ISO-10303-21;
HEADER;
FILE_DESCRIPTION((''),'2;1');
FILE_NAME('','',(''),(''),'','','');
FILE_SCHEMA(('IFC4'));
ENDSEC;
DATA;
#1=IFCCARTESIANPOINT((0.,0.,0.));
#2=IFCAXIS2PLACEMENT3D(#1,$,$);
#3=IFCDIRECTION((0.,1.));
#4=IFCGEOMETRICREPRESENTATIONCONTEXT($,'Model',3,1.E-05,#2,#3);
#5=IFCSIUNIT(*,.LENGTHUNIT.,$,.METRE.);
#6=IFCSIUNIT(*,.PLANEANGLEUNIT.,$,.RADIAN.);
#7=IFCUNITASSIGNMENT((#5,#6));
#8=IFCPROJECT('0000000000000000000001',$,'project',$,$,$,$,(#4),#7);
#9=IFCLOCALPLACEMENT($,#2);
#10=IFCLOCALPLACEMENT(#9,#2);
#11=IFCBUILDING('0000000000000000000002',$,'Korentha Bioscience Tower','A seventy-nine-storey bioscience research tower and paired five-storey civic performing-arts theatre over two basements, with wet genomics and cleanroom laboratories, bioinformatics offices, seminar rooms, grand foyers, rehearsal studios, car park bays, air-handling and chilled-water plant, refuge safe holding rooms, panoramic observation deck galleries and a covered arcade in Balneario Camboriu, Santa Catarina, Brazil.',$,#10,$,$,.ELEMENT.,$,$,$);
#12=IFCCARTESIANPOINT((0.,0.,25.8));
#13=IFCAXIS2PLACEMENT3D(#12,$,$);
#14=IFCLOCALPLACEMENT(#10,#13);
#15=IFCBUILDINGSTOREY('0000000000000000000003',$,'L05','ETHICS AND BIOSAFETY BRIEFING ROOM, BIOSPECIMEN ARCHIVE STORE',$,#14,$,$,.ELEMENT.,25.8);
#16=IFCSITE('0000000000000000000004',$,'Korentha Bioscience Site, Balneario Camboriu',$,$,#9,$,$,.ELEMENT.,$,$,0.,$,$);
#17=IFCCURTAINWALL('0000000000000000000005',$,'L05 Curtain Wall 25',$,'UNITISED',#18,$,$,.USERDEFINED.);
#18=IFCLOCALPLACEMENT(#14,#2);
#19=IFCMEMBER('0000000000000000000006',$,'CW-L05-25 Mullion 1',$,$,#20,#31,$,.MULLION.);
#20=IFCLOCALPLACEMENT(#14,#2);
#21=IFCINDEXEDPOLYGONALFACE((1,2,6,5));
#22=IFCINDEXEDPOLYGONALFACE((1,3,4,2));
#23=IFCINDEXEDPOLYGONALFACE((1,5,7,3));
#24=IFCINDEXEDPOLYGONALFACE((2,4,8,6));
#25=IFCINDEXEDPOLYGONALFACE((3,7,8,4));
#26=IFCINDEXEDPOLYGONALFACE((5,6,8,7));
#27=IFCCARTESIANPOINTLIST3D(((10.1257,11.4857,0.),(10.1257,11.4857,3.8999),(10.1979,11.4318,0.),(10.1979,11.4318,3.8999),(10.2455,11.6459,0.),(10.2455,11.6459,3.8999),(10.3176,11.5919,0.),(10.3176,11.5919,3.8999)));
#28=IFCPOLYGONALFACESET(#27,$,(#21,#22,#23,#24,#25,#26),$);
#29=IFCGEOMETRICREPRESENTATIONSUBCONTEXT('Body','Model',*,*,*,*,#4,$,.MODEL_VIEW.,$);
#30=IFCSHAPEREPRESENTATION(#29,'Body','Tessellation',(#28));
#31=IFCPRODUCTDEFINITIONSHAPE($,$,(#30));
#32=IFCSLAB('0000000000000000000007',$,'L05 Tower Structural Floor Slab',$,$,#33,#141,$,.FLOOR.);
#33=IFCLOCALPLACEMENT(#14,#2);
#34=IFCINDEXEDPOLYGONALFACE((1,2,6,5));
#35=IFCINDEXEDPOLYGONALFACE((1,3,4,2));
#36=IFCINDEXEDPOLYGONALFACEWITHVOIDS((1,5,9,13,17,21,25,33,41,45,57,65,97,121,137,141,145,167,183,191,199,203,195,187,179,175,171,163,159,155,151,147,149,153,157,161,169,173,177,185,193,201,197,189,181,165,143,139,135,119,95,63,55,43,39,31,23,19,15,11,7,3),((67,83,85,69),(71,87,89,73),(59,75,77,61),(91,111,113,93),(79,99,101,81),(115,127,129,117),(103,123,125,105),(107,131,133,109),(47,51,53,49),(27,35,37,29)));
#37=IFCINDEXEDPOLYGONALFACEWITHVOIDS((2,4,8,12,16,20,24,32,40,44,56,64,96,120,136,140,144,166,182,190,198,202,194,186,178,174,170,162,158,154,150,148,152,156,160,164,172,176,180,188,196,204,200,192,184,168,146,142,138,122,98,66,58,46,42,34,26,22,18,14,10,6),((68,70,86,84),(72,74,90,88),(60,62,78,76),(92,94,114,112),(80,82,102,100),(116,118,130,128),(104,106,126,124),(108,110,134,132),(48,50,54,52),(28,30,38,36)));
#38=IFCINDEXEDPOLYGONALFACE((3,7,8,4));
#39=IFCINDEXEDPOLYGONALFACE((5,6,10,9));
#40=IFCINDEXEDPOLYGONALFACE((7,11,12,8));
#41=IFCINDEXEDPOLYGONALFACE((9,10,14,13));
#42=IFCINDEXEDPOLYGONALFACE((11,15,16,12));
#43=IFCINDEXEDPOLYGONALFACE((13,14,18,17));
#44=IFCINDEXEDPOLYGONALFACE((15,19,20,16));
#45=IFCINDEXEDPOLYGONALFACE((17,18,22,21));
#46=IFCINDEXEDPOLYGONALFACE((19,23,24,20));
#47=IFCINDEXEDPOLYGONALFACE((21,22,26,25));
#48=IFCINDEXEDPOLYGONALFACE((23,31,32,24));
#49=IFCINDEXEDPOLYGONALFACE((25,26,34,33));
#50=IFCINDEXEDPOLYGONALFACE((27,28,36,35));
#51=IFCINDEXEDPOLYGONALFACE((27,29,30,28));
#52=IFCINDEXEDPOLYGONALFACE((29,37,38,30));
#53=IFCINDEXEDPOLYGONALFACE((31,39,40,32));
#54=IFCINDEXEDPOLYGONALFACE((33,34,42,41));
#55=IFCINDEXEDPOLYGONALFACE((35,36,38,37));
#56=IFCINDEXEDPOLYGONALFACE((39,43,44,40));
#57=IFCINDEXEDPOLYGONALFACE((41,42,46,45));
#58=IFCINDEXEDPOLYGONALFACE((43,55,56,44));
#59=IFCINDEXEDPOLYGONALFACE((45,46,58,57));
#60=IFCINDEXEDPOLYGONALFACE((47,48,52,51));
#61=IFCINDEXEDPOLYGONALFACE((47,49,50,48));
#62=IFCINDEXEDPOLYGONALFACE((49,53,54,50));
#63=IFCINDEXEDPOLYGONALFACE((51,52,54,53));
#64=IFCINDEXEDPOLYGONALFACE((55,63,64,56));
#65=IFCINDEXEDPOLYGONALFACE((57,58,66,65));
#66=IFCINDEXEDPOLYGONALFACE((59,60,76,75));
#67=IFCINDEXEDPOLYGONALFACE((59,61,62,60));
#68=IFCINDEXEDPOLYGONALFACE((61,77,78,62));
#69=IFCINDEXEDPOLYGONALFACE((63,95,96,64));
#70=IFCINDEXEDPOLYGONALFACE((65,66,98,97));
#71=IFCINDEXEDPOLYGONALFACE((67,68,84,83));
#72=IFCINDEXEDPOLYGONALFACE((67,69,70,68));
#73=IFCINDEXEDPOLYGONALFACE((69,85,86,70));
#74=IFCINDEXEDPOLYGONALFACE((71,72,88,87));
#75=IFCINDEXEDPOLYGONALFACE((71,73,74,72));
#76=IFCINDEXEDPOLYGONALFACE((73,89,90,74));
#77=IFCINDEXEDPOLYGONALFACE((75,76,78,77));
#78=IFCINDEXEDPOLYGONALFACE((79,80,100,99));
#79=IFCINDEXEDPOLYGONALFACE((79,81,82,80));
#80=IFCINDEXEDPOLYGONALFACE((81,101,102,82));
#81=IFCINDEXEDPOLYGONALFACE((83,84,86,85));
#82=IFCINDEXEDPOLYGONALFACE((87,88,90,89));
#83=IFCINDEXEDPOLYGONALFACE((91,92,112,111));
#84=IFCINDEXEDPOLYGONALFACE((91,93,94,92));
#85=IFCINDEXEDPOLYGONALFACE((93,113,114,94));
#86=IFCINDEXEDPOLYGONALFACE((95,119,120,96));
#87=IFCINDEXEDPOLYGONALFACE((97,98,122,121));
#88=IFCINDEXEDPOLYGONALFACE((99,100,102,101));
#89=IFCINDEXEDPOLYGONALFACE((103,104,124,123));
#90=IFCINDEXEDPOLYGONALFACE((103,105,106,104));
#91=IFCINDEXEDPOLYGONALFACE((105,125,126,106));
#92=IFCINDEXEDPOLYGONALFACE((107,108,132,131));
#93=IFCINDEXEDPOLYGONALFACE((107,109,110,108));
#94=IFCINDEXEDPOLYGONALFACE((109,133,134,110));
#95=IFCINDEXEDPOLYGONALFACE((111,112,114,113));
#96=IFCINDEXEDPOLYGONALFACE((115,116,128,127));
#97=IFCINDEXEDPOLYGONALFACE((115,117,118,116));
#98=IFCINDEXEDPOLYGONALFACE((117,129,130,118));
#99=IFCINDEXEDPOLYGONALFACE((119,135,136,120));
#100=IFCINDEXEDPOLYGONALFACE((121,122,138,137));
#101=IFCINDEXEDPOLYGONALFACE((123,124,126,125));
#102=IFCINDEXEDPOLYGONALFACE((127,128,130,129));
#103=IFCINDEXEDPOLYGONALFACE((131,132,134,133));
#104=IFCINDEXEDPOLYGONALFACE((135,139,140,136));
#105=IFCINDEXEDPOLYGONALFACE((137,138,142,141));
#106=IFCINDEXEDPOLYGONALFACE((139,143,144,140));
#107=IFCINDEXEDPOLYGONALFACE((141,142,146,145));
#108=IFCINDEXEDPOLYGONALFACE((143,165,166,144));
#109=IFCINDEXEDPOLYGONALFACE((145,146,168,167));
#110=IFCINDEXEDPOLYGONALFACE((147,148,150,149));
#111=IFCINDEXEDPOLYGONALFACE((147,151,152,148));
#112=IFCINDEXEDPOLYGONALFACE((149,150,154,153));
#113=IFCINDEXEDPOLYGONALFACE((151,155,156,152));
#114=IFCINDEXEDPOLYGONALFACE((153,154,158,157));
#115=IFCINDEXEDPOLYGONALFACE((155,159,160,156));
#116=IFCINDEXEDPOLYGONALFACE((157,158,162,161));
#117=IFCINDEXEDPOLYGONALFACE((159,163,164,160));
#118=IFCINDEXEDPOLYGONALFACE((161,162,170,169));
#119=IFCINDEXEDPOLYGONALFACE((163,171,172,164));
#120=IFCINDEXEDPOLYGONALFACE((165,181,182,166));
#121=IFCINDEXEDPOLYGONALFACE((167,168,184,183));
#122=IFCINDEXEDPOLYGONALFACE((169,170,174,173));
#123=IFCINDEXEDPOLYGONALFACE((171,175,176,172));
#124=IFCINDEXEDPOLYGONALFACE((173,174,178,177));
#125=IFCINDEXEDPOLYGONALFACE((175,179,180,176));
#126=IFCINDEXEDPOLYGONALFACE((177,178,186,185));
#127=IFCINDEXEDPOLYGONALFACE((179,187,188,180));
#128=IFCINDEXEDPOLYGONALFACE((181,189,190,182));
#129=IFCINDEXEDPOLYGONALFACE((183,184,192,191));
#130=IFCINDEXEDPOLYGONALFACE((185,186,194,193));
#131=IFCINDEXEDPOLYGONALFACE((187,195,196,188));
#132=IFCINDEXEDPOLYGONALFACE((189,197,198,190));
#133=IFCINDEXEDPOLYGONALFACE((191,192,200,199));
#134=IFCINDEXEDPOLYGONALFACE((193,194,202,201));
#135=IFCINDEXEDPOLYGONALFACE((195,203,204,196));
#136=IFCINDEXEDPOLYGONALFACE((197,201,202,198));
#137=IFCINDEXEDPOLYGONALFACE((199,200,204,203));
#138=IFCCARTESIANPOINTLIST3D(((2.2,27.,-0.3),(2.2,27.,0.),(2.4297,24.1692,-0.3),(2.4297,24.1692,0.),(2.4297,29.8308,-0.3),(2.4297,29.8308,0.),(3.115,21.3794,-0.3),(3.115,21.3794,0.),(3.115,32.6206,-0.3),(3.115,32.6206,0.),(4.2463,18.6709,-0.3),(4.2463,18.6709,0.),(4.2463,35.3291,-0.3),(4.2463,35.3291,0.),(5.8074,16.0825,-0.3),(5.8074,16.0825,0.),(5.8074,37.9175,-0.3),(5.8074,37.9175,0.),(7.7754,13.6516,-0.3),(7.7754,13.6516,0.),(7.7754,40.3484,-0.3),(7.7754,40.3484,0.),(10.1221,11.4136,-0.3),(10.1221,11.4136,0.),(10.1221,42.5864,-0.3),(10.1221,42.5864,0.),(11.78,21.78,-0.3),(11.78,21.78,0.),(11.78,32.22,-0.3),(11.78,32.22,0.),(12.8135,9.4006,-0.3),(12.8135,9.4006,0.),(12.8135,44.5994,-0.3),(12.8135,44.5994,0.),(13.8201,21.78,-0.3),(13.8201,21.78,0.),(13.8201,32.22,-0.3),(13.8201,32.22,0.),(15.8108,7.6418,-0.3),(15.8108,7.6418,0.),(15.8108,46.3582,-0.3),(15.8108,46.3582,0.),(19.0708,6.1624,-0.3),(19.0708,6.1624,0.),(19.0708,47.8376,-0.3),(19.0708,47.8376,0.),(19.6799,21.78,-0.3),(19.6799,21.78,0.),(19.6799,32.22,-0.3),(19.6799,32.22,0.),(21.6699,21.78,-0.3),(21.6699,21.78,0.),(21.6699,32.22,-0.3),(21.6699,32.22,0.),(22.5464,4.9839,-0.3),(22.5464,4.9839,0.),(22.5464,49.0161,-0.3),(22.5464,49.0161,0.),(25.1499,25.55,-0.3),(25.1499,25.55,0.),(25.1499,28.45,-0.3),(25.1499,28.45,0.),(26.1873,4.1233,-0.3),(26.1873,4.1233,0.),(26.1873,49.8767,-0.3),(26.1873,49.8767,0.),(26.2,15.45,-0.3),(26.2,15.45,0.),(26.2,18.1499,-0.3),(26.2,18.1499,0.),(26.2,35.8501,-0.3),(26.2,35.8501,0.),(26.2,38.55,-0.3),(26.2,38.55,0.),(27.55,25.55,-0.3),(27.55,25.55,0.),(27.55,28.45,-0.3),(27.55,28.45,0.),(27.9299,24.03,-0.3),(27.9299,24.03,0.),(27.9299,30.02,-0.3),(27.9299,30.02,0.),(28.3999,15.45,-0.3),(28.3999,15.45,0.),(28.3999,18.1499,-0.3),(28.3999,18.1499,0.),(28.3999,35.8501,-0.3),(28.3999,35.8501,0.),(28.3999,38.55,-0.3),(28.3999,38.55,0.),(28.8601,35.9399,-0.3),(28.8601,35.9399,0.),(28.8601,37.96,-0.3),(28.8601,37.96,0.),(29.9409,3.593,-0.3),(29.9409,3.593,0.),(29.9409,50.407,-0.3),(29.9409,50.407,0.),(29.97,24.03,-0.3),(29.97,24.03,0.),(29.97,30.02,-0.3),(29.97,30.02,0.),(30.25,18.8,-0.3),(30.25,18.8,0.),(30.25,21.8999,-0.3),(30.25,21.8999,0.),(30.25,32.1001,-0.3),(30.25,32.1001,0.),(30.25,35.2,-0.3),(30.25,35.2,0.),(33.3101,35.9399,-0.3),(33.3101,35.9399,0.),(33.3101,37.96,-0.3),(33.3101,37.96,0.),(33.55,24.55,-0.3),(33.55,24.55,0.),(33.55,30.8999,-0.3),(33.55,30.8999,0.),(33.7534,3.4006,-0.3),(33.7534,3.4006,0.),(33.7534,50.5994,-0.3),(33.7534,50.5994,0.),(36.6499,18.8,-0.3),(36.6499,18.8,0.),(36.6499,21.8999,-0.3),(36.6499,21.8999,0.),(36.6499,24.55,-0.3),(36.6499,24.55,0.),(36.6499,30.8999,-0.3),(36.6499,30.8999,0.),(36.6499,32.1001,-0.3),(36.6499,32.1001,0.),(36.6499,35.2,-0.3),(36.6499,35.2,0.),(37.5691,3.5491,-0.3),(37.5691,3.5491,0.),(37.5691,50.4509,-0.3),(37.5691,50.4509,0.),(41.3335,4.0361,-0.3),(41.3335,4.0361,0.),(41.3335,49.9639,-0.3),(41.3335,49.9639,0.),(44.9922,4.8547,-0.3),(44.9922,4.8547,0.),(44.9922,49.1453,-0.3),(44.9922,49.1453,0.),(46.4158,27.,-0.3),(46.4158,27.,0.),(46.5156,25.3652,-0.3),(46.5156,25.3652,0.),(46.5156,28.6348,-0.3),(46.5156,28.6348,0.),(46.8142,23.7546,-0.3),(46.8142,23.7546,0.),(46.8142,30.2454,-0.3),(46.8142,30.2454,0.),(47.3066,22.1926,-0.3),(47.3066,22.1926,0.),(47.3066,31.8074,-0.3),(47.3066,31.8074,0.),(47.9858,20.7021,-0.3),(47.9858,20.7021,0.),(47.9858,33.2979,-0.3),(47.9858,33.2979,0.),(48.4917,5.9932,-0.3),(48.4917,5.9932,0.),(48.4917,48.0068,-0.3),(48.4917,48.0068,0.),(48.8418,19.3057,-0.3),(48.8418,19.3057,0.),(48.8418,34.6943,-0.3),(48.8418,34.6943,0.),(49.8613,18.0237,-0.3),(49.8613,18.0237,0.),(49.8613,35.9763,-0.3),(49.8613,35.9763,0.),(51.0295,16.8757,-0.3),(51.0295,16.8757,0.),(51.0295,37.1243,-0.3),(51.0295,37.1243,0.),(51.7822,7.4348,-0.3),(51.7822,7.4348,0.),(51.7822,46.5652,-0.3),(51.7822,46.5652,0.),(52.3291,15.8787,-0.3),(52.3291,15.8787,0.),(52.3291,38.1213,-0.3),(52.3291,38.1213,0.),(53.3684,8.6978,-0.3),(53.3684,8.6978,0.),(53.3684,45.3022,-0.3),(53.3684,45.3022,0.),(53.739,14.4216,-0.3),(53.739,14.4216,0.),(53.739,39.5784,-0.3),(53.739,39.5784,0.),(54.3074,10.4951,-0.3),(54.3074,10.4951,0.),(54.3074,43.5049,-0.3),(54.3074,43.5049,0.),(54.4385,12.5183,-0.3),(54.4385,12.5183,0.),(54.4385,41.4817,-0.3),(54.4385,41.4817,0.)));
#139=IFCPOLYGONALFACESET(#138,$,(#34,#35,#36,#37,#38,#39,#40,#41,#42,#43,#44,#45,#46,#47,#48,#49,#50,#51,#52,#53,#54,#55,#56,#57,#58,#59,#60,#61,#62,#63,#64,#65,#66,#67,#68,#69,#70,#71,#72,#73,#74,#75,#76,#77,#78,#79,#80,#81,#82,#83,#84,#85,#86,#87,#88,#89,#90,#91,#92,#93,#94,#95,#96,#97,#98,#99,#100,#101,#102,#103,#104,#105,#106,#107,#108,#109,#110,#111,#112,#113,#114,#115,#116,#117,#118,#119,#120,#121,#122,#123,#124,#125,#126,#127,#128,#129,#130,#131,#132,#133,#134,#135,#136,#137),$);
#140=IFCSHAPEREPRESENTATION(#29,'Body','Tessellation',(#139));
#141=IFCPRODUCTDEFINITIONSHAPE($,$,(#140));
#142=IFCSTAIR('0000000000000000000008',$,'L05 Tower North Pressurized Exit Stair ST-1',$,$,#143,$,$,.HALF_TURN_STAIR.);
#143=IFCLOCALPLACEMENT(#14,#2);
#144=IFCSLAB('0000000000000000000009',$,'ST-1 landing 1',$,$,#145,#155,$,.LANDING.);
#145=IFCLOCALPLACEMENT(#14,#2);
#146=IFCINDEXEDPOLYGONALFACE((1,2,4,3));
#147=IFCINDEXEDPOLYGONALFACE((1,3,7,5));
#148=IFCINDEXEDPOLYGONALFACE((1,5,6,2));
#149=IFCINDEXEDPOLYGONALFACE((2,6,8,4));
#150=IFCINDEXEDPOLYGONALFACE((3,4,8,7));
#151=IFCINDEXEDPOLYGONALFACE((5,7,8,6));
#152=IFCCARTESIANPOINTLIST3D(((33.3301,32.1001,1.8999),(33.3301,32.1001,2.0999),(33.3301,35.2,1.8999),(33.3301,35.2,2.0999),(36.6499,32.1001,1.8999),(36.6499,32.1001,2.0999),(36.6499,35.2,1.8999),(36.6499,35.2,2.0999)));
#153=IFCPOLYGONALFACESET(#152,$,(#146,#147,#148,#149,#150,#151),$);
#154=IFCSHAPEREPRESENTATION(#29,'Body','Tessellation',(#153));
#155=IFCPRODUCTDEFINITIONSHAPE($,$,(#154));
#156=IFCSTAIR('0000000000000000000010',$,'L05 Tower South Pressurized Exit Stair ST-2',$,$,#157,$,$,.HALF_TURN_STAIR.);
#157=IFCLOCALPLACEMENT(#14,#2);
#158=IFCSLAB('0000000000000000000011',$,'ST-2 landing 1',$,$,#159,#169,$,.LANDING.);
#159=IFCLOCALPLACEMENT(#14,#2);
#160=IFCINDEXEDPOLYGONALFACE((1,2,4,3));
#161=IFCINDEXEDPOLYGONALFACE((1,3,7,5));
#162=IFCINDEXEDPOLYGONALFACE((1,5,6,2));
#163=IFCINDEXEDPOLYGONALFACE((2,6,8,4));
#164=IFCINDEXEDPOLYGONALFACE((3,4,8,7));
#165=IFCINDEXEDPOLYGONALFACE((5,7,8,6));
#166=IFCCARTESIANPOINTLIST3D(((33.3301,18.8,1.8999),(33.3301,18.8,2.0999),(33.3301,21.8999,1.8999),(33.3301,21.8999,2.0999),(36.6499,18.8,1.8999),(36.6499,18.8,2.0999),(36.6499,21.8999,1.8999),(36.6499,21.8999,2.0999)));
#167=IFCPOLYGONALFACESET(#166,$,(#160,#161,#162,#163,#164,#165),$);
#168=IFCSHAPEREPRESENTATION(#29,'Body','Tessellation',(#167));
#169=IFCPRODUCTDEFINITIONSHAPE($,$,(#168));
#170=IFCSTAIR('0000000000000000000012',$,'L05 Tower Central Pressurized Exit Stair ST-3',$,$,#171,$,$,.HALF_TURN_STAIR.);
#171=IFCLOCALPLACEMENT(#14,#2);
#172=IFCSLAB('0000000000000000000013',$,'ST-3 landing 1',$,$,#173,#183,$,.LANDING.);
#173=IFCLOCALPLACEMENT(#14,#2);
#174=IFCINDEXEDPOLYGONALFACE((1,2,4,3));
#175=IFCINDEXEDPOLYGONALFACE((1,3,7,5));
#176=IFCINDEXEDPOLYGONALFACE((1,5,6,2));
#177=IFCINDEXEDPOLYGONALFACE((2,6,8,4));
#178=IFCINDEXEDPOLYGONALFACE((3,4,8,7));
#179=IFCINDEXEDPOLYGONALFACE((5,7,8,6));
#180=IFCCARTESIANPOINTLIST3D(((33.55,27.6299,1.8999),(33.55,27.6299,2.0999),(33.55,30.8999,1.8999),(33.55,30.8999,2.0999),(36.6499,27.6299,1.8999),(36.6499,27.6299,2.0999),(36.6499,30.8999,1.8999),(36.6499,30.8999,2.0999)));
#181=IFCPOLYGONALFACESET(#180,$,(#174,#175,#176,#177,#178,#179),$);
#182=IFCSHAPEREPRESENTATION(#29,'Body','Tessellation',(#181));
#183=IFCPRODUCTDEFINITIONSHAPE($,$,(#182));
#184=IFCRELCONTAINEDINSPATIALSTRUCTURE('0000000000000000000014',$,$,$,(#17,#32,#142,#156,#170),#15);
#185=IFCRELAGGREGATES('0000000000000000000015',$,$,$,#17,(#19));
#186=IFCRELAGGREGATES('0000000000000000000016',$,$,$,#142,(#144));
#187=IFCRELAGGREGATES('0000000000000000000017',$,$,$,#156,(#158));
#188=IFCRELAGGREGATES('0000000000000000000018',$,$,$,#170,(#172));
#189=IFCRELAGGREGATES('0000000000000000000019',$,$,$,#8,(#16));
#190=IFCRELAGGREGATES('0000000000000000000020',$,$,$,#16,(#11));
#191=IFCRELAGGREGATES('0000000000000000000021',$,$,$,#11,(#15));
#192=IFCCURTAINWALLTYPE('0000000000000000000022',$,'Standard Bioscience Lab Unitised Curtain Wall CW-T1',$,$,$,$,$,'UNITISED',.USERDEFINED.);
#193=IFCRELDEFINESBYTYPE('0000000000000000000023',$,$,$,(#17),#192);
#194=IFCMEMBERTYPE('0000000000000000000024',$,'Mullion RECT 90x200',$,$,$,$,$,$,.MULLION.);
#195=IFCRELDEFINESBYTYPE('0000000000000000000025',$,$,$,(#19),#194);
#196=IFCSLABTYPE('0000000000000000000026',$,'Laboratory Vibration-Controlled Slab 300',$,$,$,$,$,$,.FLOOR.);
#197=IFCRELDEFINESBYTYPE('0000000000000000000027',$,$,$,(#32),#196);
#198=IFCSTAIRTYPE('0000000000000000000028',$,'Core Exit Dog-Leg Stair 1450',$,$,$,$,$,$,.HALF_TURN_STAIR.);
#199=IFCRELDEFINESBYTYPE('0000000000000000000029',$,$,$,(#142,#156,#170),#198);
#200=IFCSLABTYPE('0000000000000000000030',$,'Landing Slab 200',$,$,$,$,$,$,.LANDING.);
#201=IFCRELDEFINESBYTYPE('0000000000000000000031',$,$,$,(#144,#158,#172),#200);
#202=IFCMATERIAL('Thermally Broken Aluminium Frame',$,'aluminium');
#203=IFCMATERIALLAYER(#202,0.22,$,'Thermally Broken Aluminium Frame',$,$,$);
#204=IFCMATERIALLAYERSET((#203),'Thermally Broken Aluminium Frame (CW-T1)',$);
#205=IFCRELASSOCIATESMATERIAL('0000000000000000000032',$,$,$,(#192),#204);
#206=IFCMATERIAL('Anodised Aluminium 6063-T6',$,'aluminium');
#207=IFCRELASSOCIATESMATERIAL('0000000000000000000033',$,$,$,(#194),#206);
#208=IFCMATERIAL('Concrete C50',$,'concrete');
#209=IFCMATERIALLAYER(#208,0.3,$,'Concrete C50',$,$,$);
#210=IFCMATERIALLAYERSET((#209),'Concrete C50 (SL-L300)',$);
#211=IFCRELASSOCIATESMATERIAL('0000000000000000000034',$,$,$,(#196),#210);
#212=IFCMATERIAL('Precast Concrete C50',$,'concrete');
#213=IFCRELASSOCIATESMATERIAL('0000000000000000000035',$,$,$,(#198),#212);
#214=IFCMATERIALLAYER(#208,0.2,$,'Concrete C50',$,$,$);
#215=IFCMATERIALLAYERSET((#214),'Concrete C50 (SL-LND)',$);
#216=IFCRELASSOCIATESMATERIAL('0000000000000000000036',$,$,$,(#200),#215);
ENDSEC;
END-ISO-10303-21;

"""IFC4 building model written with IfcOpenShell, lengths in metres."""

from ifc_helpers import new_model, si_unit, direction, frame, origin, origin_2d, place, context, subcontext, project, spatial, polyline, rectangle, outline, extrude, material, layer, layer_set, material_profile, profile_set, type_object, element, aggregate, save


model = new_model("IFC4")

# Units and contexts
model_context = context("Model", 3, precision=1e-05, world=origin(), true_north=direction((0.0, 1.0)))
body_context = subcontext(model_context, "Body", "Model", "MODEL_VIEW")
ifc_project = project(units=[si_unit("LENGTHUNIT", "METRE"), si_unit("PLANEANGLEUNIT", "RADIAN")], contexts=[model_context])

# Site, building, storey
site_placement = place(None, origin())
site = spatial("IfcSite", under=ifc_project, at=site_placement, Name="Korentha Bioscience Site, Balneario Camboriu", CompositionType="ELEMENT", RefElevation=0.0)
building_placement = place(site_placement, origin())
building = spatial("IfcBuilding", under=site, at=building_placement, Name="Korentha Bioscience Tower", Description="A seventy-nine-storey bioscience research tower and paired five-storey civic performing-arts theatre over two basements, with wet genomics and cleanroom laboratories, bioinformatics offices, seminar rooms, grand foyers, rehearsal studios, car park bays, air-handling and chilled-water plant, refuge safe holding rooms, panoramic observation deck galleries and a covered arcade in Balneario Camboriu, Santa Catarina, Brazil.", CompositionType="ELEMENT")
storey_placement = place(building_placement, frame((0.0, 0.0, 25.8)))
storey = spatial("IfcBuildingStorey", under=building, at=storey_placement, Name="L05", Description="ETHICS AND BIOSAFETY BRIEFING ROOM, BIOSPECIMEN ARCHIVE STORE", CompositionType="ELEMENT", Elevation=25.8)

# Curtain wall, member
ifc_material_1 = material(Name="Thermally Broken Aluminium Frame", Category="aluminium")
ifc_layer_1 = layer(ifc_material_1, 0.22, Name="Thermally Broken Aluminium Frame")
ifc_layer_set_1 = layer_set([ifc_layer_1], Name="Thermally Broken Aluminium Frame (CW-T1)")
curtain_wall_type = type_object("IfcCurtainWallType", Name="Standard Bioscience Lab Unitised Curtain Wall CW-T1", ElementType="UNITISED", PredefinedType="USERDEFINED", material=ifc_layer_set_1)
curtain_wall_placement = place(storey_placement, origin())
curtain_wall = element("IfcCurtainWall", 1, at=curtain_wall_placement, inside=storey, type_object=curtain_wall_type, Name="L05 Curtain Wall 25", ObjectType="UNITISED", PredefinedType="USERDEFINED")
ifc_material_2 = material(Name="Anodised Aluminium 6063-T6", Category="aluminium")
ifc_material_profile = material_profile(ifc_material_2, rectangle(XDim=0.0901, YDim=0.2, at=origin_2d()), Name="Anodised Aluminium 6063-T6")
ifc_profile_set = profile_set([ifc_material_profile], Name="Anodised Aluminium 6063-T6 (CW-MUL)")
member_type = type_object("IfcMemberType", Name="Mullion RECT 90x200", PredefinedType="MULLION", material=ifc_profile_set)
member_placement = place(storey_placement, frame((10.2217, 11.5388, 0.0), z_axis=(0.0, 0.0, 1.0), x_axis=(0.800798, -0.598935, 0.0)))
member = element("IfcMember", 2, at=member_placement, type_object=member_type, Name="CW-L05-25 Mullion 1", PredefinedType="MULLION", context=body_context, shape_type="SweptSolid", body=[
    extrude(rectangle(XDim=0.0901, YDim=0.2, at=origin_2d()), origin(), (0.0, 0.0, 1.0), 3.8999),
])
aggregate(curtain_wall, [member])

# Slab
ifc_material_3 = material(Name="Concrete C50", Category="concrete")
ifc_layer_2 = layer(ifc_material_3, 0.3, Name="Concrete C50")
ifc_layer_set_2 = layer_set([ifc_layer_2], Name="Concrete C50 (SL-L300)")
slab_type_1 = type_object("IfcSlabType", Name="Laboratory Vibration-Controlled Slab 300", PredefinedType="FLOOR", material=ifc_layer_set_2)
slab_1_placement = place(storey_placement, frame((0.0, 0.0, -0.3)))
element("IfcSlab", 3, at=slab_1_placement, inside=storey, type_object=slab_type_1, Name="L05 Tower Structural Floor Slab", PredefinedType="FLOOR", context=body_context, shape_type="SweptSolid", body=[
    extrude(outline(polyline([(51.7822, 46.5652), (48.4917, 48.0068), (44.9922, 49.1453), (41.3335, 49.9639), (37.5691, 50.4509), (33.7534, 50.5994), (29.9409, 50.407), (26.1873, 49.8767), (22.5464, 49.0161), (19.0708, 47.8376), (15.8108, 46.3582), (12.8135, 44.5994), (10.1221, 42.5864), (7.7754, 40.3484), (5.8074, 37.9175), (4.2463, 35.3291), (3.115, 32.6206), (2.4297, 29.8308), (2.2, 27.0), (2.4297, 24.1692), (3.115, 21.3794), (4.2463, 18.6709), (5.8074, 16.0825), (7.7754, 13.6516), (10.1221, 11.4136), (12.8135, 9.4006), (15.8108, 7.6418), (19.0708, 6.1624), (22.5464, 4.9839), (26.1873, 4.1233), (29.9409, 3.593), (33.7534, 3.4006), (37.5691, 3.5491), (41.3335, 4.0361), (44.9922, 4.8547), (48.4917, 5.9932), (51.7822, 7.4348), (53.3684, 8.6978), (54.3074, 10.4951), (54.4385, 12.5183), (53.739, 14.4216), (52.3291, 15.8787), (51.0295, 16.8757), (49.8613, 18.0237), (48.8418, 19.3057), (47.9858, 20.7021), (47.3066, 22.1926), (46.8142, 23.7546), (46.5156, 25.3652), (46.4158, 27.0), (46.5156, 28.6348), (46.8142, 30.2454), (47.3066, 31.8074), (47.9858, 33.2979), (48.8418, 34.6943), (49.8613, 35.9763), (51.0295, 37.1243), (52.3291, 38.1213), (53.739, 39.5784), (54.4385, 41.4817), (54.3074, 43.5049), (53.3684, 45.3022), (51.7822, 46.5652)]), holes=[polyline([(30.25, 32.1001), (36.6499, 32.1001), (36.6499, 35.2), (30.25, 35.2), (30.25, 32.1001)]), polyline([(30.25, 18.8), (36.6499, 18.8), (36.6499, 21.8999), (30.25, 21.8999), (30.25, 18.8)]), polyline([(36.6499, 24.55), (36.6499, 30.8999), (33.55, 30.8999), (33.55, 24.55), (36.6499, 24.55)]), polyline([(11.78, 21.78), (13.8201, 21.78), (13.8201, 32.22), (11.78, 32.22), (11.78, 21.78)]), polyline([(19.6799, 21.78), (21.6699, 21.78), (21.6699, 32.22), (19.6799, 32.22), (19.6799, 21.78)]), polyline([(27.9299, 24.03), (29.97, 24.03), (29.97, 30.02), (27.9299, 30.02), (27.9299, 24.03)]), polyline([(28.8601, 35.9399), (33.3101, 35.9399), (33.3101, 37.96), (28.8601, 37.96), (28.8601, 35.9399)]), polyline([(26.2, 15.45), (28.3999, 15.45), (28.3999, 18.1499), (26.2, 18.1499), (26.2, 15.45)]), polyline([(26.2, 35.8501), (28.3999, 35.8501), (28.3999, 38.55), (26.2, 38.55), (26.2, 35.8501)]), polyline([(25.1499, 25.55), (27.55, 25.55), (27.55, 28.45), (25.1499, 28.45), (25.1499, 25.55)])]), origin(), (0.0, 0.0, 1.0), 0.3),
])

# Stairs, slabs
ifc_material_4 = material(Name="Precast Concrete C50", Category="concrete")
stair_type = type_object("IfcStairType", Name="Core Exit Dog-Leg Stair 1450", PredefinedType="HALF_TURN_STAIR", material=ifc_material_4)
stair_1_placement = place(storey_placement, origin())
stair_1 = element("IfcStair", 4, at=stair_1_placement, inside=storey, type_object=stair_type, Name="L05 Tower North Pressurized Exit Stair ST-1", PredefinedType="HALF_TURN_STAIR")
ifc_layer_3 = layer(ifc_material_3, 0.2, Name="Concrete C50")
ifc_layer_set_3 = layer_set([ifc_layer_3], Name="Concrete C50 (SL-LND)")
slab_type_2 = type_object("IfcSlabType", Name="Landing Slab 200", PredefinedType="LANDING", material=ifc_layer_set_3)
slab_2_placement = place(storey_placement, frame((0.0, 0.0, 1.8999)))
slab_2 = element("IfcSlab", 5, at=slab_2_placement, type_object=slab_type_2, Name="ST-1 landing 1", PredefinedType="LANDING", context=body_context, shape_type="SweptSolid", body=[
    extrude(outline(polyline([(33.3301, 32.1001), (36.6499, 32.1001), (36.6499, 35.2), (33.3301, 35.2), (33.3301, 32.1001)])), origin(), (0.0, 0.0, 1.0), 0.2),
])
aggregate(stair_1, [slab_2])
stair_2_placement = place(storey_placement, origin())
stair_2 = element("IfcStair", 6, at=stair_2_placement, inside=storey, type_object=stair_type, Name="L05 Tower South Pressurized Exit Stair ST-2", PredefinedType="HALF_TURN_STAIR")
slab_3_placement = place(storey_placement, frame((0.0, 0.0, 1.8999)))
slab_3 = element("IfcSlab", 7, at=slab_3_placement, type_object=slab_type_2, Name="ST-2 landing 1", PredefinedType="LANDING", context=body_context, shape_type="SweptSolid", body=[
    extrude(outline(polyline([(33.3301, 18.8), (36.6499, 18.8), (36.6499, 21.8999), (33.3301, 21.8999), (33.3301, 18.8)])), origin(), (0.0, 0.0, 1.0), 0.2),
])
aggregate(stair_2, [slab_3])
stair_3_placement = place(storey_placement, origin())
stair_3 = element("IfcStair", 8, at=stair_3_placement, inside=storey, type_object=stair_type, Name="L05 Tower Central Pressurized Exit Stair ST-3", PredefinedType="HALF_TURN_STAIR")
slab_4_placement = place(storey_placement, frame((0.0, 0.0, 1.8999)))
slab_4 = element("IfcSlab", 9, at=slab_4_placement, type_object=slab_type_2, Name="ST-3 landing 1", PredefinedType="LANDING", context=body_context, shape_type="SweptSolid", body=[
    extrude(outline(polyline([(36.6499, 27.6299), (36.6499, 30.8999), (33.55, 30.8999), (33.55, 27.6299), (36.6499, 27.6299)])), origin(), (0.0, 0.0, 1.0), 0.2),
])
aggregate(stair_3, [slab_4])

save(model, "model.ifc")
